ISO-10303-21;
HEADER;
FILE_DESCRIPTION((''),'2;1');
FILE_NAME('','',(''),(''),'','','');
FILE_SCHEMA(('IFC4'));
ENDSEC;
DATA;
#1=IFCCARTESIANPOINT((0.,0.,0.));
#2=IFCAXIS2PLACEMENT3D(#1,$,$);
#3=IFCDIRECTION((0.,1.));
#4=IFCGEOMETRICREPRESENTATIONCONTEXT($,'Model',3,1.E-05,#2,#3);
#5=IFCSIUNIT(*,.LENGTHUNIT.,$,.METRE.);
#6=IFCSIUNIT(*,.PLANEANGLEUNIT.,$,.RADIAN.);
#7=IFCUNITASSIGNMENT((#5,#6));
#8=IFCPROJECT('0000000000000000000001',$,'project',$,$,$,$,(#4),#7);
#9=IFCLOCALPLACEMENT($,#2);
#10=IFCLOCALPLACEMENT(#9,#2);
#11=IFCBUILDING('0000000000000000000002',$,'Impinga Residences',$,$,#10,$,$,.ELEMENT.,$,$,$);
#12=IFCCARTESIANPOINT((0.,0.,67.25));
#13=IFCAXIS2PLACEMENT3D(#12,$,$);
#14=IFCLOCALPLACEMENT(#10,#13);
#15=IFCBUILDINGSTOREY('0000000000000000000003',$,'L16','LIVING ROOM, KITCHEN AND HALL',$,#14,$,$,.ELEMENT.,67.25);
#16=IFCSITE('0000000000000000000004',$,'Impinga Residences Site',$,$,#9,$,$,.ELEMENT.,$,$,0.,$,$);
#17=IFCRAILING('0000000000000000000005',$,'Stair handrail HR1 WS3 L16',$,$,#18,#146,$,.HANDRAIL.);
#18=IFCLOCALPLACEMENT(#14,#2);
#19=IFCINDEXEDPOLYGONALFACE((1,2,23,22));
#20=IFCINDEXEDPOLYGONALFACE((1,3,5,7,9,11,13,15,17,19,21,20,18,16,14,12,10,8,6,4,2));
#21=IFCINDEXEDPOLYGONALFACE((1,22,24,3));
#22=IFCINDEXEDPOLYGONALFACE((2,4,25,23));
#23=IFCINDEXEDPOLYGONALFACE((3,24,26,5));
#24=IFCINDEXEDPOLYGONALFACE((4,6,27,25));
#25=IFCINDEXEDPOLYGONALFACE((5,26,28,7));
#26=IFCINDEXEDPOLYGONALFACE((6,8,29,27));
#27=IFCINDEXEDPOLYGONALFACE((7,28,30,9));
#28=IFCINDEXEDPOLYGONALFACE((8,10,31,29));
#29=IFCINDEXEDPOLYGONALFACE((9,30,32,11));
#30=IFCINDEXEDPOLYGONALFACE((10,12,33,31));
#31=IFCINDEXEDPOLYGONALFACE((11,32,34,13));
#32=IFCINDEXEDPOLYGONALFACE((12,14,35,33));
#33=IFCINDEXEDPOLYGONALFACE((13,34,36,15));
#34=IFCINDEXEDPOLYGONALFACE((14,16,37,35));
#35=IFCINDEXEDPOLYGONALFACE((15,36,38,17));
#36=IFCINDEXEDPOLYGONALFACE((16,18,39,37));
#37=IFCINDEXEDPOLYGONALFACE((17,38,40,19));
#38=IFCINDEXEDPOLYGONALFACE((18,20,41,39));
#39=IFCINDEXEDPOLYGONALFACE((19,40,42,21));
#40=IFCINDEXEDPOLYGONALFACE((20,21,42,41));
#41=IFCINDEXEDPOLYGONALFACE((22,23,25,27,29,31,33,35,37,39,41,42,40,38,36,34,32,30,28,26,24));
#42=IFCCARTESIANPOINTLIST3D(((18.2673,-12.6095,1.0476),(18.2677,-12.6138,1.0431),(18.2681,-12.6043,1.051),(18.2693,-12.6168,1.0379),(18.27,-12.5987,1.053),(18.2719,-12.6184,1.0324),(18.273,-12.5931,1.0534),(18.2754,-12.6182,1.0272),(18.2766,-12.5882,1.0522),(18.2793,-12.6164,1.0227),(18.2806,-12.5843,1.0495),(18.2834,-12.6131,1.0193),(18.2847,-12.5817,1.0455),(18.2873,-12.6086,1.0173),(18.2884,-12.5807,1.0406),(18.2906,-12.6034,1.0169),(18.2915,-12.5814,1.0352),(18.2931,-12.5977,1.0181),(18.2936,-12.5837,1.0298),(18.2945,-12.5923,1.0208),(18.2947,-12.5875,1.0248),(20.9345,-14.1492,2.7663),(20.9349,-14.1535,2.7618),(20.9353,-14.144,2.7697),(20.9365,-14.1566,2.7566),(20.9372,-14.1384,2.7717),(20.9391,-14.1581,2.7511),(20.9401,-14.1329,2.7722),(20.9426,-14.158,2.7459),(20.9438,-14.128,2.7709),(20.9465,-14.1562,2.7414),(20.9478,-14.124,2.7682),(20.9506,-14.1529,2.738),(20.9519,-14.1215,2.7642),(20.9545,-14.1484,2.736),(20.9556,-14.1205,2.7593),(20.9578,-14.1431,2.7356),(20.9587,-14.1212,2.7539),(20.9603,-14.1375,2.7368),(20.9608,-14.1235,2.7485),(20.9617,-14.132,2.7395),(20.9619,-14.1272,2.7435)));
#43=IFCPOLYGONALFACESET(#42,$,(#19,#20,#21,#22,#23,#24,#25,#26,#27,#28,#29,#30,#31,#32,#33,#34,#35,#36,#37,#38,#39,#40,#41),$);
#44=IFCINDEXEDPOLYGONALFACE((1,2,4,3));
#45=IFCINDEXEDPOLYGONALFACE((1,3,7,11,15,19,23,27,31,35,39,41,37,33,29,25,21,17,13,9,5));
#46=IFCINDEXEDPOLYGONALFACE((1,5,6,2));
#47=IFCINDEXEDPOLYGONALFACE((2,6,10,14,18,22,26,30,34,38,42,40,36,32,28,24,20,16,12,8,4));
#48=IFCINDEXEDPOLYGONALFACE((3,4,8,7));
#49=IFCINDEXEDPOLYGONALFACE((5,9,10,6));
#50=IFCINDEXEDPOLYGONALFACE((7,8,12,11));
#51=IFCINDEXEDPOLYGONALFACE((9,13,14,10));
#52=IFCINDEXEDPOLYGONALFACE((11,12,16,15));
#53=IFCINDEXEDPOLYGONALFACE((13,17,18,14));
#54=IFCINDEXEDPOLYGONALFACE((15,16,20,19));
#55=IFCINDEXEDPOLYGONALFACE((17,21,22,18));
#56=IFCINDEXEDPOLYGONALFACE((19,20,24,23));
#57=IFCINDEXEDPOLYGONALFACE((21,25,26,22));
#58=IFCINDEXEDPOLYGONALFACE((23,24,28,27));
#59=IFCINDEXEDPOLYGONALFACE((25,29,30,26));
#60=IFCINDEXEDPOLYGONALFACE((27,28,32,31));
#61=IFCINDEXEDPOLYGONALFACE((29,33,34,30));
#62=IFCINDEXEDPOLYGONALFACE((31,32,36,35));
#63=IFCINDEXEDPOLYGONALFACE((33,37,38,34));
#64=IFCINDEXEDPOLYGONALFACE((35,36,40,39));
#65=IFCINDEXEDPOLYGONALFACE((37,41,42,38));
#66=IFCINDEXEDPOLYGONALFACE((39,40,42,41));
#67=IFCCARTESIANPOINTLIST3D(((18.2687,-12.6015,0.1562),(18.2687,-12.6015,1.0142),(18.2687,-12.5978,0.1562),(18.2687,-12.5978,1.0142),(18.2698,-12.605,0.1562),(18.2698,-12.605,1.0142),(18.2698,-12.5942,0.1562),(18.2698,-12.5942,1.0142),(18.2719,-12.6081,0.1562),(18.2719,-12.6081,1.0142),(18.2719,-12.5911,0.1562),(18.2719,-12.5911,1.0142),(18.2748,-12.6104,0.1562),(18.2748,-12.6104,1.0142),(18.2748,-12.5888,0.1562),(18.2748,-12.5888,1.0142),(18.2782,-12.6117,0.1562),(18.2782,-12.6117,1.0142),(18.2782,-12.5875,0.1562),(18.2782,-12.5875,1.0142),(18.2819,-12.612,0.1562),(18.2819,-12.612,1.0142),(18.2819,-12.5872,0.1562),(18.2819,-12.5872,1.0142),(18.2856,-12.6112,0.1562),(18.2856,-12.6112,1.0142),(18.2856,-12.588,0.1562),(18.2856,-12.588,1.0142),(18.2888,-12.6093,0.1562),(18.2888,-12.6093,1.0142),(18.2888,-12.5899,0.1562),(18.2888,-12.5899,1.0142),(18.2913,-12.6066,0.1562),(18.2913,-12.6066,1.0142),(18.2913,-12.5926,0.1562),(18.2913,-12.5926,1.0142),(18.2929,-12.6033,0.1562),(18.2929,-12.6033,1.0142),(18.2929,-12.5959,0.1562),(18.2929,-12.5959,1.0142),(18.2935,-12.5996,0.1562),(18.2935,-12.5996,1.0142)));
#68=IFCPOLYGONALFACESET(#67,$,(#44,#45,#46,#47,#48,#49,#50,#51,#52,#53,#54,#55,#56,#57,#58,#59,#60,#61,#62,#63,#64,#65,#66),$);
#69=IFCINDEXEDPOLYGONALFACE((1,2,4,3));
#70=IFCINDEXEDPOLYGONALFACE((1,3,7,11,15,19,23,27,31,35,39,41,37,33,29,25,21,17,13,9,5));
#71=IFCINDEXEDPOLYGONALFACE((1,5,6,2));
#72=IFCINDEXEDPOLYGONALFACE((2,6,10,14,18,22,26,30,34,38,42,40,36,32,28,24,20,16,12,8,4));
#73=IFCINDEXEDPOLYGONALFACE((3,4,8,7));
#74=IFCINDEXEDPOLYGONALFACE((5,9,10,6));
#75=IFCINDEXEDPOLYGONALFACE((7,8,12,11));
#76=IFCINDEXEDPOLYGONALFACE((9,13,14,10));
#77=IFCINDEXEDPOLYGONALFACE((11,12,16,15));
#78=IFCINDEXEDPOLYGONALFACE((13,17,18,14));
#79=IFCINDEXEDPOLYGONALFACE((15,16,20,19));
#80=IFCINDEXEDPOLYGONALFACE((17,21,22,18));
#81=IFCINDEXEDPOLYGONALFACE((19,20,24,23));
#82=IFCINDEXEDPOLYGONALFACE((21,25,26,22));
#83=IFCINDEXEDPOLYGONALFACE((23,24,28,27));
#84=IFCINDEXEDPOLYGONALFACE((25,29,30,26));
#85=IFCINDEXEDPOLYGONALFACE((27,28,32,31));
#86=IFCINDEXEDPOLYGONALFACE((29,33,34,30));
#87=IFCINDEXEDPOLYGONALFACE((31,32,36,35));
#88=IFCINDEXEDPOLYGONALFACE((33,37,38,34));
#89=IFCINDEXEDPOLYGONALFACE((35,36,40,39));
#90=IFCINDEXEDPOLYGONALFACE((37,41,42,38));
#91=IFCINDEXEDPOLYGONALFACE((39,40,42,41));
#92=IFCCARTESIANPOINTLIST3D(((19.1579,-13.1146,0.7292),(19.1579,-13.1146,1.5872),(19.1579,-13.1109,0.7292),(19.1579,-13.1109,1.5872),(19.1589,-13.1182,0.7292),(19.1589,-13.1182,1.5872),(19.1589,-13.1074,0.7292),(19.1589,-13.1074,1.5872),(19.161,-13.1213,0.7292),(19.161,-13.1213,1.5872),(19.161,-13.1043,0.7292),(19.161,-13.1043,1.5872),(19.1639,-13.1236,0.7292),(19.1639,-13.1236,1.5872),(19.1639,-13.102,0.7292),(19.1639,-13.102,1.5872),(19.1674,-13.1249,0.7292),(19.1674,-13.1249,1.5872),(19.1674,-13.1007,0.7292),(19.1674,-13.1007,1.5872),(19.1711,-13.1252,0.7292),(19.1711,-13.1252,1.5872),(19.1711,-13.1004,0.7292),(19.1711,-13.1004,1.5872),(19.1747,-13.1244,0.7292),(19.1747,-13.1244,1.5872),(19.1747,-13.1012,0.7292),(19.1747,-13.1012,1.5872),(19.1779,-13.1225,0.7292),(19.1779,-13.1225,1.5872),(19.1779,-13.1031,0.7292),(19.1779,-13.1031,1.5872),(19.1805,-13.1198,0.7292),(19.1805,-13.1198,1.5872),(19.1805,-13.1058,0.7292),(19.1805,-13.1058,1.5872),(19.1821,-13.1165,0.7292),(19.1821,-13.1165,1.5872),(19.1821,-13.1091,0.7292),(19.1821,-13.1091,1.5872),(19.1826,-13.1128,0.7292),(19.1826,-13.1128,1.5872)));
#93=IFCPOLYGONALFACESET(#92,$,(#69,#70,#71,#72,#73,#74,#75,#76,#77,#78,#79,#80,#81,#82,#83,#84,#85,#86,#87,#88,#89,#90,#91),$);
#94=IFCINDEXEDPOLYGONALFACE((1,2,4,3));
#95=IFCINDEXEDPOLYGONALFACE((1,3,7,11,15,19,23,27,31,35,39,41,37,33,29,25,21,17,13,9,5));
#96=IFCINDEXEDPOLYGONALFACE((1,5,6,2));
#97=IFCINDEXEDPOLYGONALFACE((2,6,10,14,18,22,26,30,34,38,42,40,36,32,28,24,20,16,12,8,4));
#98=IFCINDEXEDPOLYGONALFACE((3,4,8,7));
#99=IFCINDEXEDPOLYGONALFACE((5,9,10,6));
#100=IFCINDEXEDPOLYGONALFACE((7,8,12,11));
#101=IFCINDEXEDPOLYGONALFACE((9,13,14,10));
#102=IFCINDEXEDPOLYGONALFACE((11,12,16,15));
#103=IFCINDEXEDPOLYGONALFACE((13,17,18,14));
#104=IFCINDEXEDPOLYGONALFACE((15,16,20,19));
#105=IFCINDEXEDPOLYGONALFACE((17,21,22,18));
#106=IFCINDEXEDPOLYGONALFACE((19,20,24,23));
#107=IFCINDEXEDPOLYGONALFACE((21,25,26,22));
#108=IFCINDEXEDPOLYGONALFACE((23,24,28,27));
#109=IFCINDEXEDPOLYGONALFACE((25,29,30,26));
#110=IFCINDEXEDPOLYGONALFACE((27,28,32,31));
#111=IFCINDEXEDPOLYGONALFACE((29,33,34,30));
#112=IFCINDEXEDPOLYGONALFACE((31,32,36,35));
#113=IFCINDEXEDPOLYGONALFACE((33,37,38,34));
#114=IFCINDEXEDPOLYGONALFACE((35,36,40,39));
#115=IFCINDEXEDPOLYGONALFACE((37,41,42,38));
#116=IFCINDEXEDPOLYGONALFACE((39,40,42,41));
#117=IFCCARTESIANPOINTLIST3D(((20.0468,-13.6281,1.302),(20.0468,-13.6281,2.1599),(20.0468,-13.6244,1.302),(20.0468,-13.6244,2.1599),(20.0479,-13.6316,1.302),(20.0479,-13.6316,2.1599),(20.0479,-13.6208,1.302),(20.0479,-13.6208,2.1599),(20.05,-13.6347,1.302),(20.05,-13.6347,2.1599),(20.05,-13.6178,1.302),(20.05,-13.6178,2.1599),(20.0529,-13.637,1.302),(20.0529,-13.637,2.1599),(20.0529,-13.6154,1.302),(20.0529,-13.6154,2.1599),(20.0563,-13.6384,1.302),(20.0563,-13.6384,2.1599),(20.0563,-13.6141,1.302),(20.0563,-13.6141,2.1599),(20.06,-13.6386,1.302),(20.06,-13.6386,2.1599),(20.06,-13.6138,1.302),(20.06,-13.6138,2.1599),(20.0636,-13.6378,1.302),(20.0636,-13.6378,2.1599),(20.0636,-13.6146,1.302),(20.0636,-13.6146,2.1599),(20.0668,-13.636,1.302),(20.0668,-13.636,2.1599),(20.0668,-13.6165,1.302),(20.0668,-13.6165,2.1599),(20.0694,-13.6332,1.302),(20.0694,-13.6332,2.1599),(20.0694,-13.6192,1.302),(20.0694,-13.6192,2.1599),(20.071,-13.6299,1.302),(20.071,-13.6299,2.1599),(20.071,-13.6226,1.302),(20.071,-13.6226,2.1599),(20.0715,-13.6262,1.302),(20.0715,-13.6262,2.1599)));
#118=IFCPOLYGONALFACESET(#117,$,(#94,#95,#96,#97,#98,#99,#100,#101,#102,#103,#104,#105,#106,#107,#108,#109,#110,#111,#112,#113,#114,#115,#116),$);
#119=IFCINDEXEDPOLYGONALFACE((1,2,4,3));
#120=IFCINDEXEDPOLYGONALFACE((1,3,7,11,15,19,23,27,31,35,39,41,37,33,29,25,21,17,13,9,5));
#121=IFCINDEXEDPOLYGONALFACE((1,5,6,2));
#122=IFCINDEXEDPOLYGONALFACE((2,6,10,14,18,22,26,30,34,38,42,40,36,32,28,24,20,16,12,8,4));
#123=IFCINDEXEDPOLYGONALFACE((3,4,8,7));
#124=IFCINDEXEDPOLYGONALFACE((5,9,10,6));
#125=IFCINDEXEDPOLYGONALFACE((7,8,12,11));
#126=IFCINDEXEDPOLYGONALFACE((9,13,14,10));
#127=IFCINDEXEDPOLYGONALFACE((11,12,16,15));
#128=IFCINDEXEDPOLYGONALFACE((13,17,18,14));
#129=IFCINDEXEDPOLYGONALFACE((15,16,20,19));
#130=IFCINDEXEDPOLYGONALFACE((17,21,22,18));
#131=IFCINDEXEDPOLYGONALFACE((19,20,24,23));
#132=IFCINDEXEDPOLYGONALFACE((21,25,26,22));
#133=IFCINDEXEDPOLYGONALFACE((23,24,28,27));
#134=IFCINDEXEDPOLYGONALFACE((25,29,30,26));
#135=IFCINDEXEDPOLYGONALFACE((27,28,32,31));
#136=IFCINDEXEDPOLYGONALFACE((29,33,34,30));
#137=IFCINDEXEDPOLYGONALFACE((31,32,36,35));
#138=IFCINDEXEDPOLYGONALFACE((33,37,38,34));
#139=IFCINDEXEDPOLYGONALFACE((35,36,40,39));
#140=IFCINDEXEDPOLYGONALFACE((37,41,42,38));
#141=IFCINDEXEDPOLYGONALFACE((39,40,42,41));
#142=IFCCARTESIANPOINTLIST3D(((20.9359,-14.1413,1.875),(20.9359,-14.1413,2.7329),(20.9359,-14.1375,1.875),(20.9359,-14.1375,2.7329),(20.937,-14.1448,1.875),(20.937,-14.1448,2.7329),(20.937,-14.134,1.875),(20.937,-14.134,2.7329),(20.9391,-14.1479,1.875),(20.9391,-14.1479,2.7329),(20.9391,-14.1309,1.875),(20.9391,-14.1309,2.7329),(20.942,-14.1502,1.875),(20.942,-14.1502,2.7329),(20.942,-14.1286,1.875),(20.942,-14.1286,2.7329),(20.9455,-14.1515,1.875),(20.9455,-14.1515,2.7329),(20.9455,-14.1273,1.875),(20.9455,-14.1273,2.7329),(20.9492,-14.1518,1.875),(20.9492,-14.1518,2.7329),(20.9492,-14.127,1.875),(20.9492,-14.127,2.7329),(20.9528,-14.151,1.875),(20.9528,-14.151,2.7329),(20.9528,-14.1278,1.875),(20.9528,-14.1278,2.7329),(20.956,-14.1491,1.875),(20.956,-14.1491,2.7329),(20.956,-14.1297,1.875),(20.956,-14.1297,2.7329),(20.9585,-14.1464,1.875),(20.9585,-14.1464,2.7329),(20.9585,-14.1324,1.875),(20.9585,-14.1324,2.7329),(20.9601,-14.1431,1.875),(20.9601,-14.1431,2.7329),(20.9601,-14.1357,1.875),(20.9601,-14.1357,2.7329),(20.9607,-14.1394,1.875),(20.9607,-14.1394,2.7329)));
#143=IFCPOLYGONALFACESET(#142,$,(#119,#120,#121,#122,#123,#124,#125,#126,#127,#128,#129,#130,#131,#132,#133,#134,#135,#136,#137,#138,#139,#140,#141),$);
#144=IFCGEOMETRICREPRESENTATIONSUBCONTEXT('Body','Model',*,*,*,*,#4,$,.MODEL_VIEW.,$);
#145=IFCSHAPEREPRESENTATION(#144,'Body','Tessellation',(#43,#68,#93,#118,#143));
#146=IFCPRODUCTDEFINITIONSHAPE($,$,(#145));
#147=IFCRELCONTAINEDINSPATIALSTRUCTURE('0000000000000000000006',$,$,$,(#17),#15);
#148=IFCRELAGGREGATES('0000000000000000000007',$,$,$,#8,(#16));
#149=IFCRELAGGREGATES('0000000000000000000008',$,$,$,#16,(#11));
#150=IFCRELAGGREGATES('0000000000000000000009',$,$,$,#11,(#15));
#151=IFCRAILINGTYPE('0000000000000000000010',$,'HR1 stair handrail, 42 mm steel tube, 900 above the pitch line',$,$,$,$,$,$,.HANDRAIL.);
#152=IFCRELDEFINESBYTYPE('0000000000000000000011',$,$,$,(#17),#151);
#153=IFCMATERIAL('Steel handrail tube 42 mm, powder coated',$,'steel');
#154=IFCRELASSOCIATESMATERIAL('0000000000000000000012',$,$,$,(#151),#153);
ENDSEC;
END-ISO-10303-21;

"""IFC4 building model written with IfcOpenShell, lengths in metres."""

from ifc_helpers import new_model, si_unit, direction, frame, origin, origin_2d, place, context, subcontext, project, spatial, circle, extrude, material, type_object, element, save


model = new_model("IFC4")

# Units and contexts
model_context = context("Model", 3, precision=1e-05, world=origin(), true_north=direction((0.0, 1.0)))
body_context = subcontext(model_context, "Body", "Model", "MODEL_VIEW")
ifc_project = project(units=[si_unit("LENGTHUNIT", "METRE"), si_unit("PLANEANGLEUNIT", "RADIAN")], contexts=[model_context])

# Site, building, storey
site_placement = place(None, origin())
site = spatial("IfcSite", under=ifc_project, at=site_placement, Name="Impinga Residences Site", CompositionType="ELEMENT", RefElevation=0.0)
building_placement = place(site_placement, origin())
building = spatial("IfcBuilding", under=site, at=building_placement, Name="Impinga Residences", CompositionType="ELEMENT")
storey_placement = place(building_placement, frame((0.0, 0.0, 67.25)))
storey = spatial("IfcBuildingStorey", under=building, at=storey_placement, Name="L16", Description="LIVING ROOM, KITCHEN AND HALL", CompositionType="ELEMENT", Elevation=67.25)

# Railing
ifc_material_1 = material(Name="Steel handrail tube 42 mm, powder coated", Category="steel")
railing_type_1 = type_object("IfcRailingType", Name="HR1 stair handrail, 42 mm steel tube, 900 above the pitch line", PredefinedType="HANDRAIL", material=ifc_material_1)
railing_1_placement = place(storey_placement, frame((18.281, -12.5996, 0.1562)))
element("IfcRailing", 1, at=railing_1_placement, inside=storey, type_object=railing_type_1, Name="Stair handrail HR1 WS3 L16", PredefinedType="HANDRAIL", context=body_context, shape_type="SweptSolid", body=[
    extrude(circle(Radius=0.021, at=origin_2d()), frame((0.0, 0.0, 0.8789), z_axis=(0.756249, -0.436582, 0.487322), x_axis=(0.499967, 0.866044, 0.0)), (0.0, 0.0, 1.0), 3.5269),
    extrude(circle(Radius=0.0125, at=origin_2d()), origin(), (0.0, 0.0, 1.0), 0.8579),
    extrude(circle(Radius=0.0125, at=origin_2d()), frame((0.8892, -0.5132, 0.573)), (0.0, 0.0, 1.0), 0.8579),
    extrude(circle(Radius=0.0125, at=origin_2d()), frame((1.7781, -1.0266, 1.1458)), (0.0, 0.0, 1.0), 0.8579),
    extrude(circle(Radius=0.0125, at=origin_2d()), frame((2.6672, -1.5398, 1.7188)), (0.0, 0.0, 1.0), 0.8579),
])

save(model, "model.ifc")
